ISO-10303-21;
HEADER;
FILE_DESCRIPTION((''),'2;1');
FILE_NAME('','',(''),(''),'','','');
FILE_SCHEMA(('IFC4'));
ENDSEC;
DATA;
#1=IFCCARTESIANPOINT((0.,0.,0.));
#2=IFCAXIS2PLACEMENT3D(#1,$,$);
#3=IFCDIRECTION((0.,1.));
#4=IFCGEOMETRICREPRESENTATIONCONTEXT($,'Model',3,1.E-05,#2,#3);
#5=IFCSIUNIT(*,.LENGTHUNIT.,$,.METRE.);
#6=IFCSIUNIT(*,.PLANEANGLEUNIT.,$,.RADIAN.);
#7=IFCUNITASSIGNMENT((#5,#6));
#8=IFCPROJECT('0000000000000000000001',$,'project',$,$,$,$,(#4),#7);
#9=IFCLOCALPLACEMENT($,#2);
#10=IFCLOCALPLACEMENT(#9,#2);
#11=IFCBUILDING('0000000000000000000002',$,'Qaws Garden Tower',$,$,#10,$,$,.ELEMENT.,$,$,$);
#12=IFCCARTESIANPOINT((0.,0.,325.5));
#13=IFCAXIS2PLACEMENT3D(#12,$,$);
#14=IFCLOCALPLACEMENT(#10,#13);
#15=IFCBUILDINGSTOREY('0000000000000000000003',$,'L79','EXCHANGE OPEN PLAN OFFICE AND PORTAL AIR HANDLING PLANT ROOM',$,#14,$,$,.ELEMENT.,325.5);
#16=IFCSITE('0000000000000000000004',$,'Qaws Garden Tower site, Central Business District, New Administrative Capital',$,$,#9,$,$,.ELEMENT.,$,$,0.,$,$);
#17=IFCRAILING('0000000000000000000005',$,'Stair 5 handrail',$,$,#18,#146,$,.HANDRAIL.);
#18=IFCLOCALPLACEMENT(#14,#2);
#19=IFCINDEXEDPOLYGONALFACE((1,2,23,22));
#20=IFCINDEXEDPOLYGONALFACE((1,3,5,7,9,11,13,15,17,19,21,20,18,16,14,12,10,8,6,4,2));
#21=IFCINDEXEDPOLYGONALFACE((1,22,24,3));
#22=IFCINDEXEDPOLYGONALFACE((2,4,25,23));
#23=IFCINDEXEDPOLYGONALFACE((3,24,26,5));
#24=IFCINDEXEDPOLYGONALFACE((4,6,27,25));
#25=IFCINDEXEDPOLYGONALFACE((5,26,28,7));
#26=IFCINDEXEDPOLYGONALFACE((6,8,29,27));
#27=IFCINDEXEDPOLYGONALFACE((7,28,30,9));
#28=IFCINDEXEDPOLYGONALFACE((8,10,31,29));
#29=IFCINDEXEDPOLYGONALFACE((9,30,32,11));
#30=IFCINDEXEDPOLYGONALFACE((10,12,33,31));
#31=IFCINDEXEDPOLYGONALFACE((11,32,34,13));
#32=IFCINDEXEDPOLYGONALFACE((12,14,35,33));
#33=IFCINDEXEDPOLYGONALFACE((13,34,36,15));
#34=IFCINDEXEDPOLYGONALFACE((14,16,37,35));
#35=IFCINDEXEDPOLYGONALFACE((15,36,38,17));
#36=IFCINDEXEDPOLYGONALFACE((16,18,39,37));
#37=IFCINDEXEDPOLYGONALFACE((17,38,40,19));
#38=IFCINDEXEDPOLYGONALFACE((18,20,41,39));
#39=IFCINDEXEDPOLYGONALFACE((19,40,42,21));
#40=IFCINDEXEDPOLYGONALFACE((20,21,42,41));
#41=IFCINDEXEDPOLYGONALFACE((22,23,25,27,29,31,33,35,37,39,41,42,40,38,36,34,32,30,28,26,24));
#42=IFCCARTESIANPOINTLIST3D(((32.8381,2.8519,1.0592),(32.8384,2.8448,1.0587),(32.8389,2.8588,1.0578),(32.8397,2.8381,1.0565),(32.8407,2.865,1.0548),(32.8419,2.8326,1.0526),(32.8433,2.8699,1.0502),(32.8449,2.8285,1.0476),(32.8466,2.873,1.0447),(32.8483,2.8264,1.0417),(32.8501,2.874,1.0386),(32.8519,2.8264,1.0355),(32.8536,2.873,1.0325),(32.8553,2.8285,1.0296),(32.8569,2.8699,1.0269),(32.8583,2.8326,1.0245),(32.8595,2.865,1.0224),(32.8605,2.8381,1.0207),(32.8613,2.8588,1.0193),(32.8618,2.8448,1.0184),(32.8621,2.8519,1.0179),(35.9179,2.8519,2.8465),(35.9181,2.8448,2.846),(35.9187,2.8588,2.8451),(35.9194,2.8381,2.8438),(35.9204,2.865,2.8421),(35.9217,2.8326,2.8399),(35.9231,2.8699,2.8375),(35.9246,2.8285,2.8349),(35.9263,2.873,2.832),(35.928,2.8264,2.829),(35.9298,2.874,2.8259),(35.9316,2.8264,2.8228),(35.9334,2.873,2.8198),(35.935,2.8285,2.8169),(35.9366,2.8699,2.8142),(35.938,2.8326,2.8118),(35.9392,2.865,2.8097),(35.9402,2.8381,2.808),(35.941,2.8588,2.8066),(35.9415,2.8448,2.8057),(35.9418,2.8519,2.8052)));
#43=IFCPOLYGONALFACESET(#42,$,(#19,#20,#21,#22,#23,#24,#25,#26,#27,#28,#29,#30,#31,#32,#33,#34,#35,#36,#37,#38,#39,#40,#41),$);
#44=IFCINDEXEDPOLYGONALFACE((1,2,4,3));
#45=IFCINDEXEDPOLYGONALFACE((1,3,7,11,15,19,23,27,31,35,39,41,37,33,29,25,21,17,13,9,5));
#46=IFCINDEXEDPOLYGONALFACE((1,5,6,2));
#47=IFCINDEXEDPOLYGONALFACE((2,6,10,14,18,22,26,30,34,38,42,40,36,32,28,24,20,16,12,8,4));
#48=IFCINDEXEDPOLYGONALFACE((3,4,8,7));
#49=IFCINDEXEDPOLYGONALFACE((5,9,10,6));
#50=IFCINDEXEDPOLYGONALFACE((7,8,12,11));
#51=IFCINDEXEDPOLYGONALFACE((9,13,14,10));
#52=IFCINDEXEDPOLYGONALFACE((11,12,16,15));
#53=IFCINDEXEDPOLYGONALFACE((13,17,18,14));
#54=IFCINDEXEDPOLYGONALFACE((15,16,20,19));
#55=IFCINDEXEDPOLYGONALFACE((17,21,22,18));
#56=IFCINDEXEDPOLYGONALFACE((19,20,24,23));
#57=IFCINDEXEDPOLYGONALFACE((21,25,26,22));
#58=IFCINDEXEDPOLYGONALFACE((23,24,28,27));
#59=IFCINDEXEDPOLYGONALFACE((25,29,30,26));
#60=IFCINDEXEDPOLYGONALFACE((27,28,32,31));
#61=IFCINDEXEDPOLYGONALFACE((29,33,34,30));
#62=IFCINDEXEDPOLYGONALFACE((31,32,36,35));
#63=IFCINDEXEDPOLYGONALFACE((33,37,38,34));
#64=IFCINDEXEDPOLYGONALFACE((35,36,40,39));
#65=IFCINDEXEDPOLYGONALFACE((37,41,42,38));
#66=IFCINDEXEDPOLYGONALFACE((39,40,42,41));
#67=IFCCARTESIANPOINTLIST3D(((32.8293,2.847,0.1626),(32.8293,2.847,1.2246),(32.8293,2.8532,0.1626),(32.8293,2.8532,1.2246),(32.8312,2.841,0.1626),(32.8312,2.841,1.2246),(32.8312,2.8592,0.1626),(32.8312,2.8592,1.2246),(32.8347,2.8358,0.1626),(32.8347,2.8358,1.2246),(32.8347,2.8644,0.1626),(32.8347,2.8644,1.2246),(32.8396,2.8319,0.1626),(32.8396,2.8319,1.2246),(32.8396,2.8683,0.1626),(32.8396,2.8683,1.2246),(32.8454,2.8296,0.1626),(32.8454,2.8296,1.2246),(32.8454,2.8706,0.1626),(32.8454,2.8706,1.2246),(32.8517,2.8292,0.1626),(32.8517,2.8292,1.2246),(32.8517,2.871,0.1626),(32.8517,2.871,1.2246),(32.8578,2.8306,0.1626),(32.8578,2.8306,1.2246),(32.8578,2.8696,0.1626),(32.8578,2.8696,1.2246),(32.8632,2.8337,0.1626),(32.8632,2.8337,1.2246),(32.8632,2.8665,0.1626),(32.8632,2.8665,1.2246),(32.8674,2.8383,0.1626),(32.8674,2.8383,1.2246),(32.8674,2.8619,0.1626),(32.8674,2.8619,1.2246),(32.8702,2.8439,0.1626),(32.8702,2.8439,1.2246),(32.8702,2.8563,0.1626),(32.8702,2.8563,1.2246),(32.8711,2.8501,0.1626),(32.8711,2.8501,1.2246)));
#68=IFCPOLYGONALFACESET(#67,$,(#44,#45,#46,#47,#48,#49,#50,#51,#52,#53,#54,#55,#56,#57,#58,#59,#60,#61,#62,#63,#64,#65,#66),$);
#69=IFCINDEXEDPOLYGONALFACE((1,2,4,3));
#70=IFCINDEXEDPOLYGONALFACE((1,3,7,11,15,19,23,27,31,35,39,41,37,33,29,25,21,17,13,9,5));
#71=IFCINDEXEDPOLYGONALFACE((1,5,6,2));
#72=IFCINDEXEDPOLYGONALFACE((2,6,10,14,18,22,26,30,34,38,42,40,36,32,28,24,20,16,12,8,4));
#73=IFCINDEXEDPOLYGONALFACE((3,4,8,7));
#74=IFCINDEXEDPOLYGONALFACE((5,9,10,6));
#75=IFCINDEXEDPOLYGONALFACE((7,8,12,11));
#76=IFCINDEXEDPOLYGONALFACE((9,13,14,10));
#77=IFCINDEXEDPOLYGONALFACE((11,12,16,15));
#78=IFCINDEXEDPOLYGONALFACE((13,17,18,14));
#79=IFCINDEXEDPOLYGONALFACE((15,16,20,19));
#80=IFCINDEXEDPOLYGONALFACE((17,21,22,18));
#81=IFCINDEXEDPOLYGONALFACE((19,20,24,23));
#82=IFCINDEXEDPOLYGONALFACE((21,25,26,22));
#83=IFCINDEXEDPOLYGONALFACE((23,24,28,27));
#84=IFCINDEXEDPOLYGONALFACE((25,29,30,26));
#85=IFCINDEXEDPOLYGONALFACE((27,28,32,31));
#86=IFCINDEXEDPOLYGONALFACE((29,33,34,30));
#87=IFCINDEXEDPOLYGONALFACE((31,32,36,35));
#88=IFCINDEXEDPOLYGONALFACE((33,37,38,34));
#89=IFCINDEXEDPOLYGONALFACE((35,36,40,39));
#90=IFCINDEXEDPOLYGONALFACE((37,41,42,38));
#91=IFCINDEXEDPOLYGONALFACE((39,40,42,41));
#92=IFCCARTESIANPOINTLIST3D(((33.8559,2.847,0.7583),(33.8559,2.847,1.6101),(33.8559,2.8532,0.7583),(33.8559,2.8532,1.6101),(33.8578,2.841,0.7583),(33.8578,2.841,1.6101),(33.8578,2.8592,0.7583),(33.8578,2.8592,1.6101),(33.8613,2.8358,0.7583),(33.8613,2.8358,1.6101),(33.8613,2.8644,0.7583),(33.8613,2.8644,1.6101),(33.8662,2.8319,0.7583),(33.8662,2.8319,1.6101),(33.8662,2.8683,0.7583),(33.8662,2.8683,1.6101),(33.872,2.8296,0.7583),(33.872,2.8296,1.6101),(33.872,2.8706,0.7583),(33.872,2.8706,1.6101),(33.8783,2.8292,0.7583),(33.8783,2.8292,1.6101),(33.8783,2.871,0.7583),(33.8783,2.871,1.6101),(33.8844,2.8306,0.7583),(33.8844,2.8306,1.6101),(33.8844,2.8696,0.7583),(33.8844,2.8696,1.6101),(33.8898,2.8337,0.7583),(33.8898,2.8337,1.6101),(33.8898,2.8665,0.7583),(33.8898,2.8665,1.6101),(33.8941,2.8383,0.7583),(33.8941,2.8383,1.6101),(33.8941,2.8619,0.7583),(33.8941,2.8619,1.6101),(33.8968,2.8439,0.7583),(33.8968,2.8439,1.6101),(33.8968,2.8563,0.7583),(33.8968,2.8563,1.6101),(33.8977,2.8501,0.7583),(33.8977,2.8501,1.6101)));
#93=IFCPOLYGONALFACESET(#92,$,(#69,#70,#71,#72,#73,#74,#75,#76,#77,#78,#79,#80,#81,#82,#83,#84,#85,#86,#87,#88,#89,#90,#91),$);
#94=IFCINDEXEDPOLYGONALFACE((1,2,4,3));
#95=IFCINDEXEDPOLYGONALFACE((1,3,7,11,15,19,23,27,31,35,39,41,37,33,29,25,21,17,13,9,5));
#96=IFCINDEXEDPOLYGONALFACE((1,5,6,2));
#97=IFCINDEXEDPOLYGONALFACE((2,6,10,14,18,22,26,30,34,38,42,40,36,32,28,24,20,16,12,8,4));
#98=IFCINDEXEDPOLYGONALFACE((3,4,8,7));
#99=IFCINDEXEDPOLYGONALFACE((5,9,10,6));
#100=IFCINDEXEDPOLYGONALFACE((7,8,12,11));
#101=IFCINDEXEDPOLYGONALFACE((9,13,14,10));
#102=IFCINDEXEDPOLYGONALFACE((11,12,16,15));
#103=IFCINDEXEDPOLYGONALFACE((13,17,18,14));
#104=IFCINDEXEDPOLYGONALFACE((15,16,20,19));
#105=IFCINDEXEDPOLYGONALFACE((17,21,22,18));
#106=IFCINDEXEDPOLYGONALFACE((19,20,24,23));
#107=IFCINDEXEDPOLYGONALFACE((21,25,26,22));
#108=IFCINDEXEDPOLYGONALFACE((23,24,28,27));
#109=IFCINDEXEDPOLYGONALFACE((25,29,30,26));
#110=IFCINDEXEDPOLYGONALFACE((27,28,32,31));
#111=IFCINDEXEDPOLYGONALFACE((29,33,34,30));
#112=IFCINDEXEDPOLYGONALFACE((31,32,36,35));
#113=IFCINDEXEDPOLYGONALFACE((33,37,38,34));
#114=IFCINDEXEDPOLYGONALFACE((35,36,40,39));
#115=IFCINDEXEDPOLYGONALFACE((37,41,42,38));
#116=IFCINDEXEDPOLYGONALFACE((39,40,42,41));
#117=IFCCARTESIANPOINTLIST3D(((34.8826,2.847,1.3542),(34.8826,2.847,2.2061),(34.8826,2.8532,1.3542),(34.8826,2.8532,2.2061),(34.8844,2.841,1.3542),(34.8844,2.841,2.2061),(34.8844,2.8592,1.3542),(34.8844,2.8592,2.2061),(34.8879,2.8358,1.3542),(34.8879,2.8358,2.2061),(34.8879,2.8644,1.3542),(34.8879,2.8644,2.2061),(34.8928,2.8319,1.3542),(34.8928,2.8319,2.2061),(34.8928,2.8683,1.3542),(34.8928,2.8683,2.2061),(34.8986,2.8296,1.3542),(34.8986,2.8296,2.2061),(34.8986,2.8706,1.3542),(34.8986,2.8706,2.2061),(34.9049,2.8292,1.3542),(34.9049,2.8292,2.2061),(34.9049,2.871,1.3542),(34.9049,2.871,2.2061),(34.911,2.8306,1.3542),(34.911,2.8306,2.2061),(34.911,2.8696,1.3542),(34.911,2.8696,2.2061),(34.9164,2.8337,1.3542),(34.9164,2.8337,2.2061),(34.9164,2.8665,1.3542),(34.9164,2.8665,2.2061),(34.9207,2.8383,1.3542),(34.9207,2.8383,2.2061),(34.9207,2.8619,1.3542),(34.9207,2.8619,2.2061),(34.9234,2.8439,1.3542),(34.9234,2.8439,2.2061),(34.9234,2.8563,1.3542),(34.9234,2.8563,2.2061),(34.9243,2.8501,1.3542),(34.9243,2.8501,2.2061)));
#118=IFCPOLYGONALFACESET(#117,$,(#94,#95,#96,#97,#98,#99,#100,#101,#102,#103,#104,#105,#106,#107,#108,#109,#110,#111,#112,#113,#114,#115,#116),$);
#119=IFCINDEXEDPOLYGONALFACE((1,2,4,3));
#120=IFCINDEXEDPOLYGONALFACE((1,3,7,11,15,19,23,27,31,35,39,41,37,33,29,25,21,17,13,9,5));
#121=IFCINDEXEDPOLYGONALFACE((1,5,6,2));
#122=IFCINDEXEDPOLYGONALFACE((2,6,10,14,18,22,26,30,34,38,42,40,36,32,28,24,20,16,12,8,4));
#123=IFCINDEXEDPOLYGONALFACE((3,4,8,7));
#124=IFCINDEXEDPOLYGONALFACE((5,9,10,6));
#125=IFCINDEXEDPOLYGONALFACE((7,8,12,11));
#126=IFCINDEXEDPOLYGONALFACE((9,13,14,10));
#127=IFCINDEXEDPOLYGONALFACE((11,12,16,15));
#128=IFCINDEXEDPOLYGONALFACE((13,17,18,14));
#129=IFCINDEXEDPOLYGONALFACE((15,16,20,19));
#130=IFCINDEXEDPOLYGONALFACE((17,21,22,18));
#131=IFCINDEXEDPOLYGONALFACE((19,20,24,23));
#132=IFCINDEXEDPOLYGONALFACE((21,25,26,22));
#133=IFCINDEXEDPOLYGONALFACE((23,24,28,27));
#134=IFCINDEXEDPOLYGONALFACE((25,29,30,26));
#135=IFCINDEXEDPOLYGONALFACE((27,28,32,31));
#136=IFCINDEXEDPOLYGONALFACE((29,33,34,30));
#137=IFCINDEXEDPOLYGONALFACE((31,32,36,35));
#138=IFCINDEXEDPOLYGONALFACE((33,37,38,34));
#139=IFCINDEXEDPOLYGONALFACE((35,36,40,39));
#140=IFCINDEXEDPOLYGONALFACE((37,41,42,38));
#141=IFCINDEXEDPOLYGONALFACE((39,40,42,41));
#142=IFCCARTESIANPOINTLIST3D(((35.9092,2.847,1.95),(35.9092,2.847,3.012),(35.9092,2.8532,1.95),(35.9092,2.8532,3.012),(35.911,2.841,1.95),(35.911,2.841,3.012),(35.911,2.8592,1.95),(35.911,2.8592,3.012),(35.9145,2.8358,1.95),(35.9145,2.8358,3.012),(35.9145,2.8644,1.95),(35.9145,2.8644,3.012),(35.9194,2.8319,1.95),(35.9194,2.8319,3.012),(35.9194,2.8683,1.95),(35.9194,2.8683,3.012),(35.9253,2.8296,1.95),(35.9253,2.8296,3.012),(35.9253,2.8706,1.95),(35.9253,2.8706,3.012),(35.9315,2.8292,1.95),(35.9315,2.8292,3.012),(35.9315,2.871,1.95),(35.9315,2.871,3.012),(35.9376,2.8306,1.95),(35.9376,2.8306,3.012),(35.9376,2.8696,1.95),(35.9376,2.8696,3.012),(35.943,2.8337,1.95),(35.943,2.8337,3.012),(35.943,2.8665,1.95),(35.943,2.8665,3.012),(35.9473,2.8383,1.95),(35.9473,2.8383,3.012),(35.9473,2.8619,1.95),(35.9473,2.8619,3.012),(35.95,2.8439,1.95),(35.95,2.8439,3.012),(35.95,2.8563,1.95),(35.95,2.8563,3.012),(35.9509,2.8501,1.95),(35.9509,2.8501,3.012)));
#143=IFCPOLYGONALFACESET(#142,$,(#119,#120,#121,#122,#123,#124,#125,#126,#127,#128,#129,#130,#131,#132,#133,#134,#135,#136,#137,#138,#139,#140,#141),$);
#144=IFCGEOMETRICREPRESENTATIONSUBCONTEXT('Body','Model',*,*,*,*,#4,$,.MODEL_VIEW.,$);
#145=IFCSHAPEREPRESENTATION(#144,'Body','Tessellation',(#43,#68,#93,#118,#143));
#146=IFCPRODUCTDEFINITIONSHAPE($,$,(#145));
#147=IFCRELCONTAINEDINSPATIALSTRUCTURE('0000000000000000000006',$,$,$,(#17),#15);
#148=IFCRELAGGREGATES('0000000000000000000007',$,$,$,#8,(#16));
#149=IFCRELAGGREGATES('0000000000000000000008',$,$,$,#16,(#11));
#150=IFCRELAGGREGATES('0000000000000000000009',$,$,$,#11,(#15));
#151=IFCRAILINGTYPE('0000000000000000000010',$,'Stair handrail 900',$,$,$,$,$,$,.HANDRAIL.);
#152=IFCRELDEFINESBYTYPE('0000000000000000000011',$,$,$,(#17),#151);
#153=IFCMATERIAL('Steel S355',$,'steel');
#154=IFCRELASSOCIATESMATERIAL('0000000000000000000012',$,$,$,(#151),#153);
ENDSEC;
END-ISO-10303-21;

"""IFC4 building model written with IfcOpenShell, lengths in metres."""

from ifc_helpers import new_model, si_unit, direction, frame, origin, origin_2d, place, context, subcontext, project, spatial, circle, extrude, material, type_object, element, save


model = new_model("IFC4")

# Units and contexts
model_context = context("Model", 3, precision=1e-05, world=origin(), true_north=direction((0.0, 1.0)))
body_context = subcontext(model_context, "Body", "Model", "MODEL_VIEW")
ifc_project = project(units=[si_unit("LENGTHUNIT", "METRE"), si_unit("PLANEANGLEUNIT", "RADIAN")], contexts=[model_context])

# Site, building, storey
site_placement = place(None, origin())
site = spatial("IfcSite", under=ifc_project, at=site_placement, Name="Qaws Garden Tower site, Central Business District, New Administrative Capital", CompositionType="ELEMENT", RefElevation=0.0)
building_placement = place(site_placement, origin())
building = spatial("IfcBuilding", under=site, at=building_placement, Name="Qaws Garden Tower", CompositionType="ELEMENT")
storey_placement = place(building_placement, frame((0.0, 0.0, 325.5)))
storey = spatial("IfcBuildingStorey", under=building, at=storey_placement, Name="L79", Description="EXCHANGE OPEN PLAN OFFICE AND PORTAL AIR HANDLING PLANT ROOM", CompositionType="ELEMENT", Elevation=325.5)

# Railing
ifc_material_1 = material(Name="Steel S355", Category="steel")
railing_type = type_object("IfcRailingType", Name="Stair handrail 900", PredefinedType="HANDRAIL", material=ifc_material_1)
railing_1_placement = place(storey_placement, frame((32.8501, 2.8501, 0.1626)))
element("IfcRailing", 1, at=railing_1_placement, inside=storey, type_object=railing_type, Name="Stair 5 handrail", PredefinedType="HANDRAIL", context=body_context, shape_type="SweptSolid", body=[
    extrude(circle(Radius=0.0239, at=origin_2d()), frame((0.0, 0.0, 0.876), z_axis=(0.864903, 0.0, 0.501939), x_axis=(0.0, 1.0, 0.0)), (0.0, 0.0, 1.0), 3.5608),
    extrude(circle(Radius=0.021, at=origin_2d()), origin(), (0.0, 0.0, 1.0), 1.062),
    extrude(circle(Radius=0.021, at=origin_2d()), frame((1.0266, 0.0, 0.5957)), (0.0, 0.0, 1.0), 0.8518),
    extrude(circle(Radius=0.021, at=origin_2d()), frame((2.0532, 0.0, 1.1917)), (0.0, 0.0, 1.0), 0.8518),
    extrude(circle(Radius=0.021, at=origin_2d()), frame((3.0798, 0.0, 1.7874)), (0.0, 0.0, 1.0), 1.062),
])

save(model, "model.ifc")
